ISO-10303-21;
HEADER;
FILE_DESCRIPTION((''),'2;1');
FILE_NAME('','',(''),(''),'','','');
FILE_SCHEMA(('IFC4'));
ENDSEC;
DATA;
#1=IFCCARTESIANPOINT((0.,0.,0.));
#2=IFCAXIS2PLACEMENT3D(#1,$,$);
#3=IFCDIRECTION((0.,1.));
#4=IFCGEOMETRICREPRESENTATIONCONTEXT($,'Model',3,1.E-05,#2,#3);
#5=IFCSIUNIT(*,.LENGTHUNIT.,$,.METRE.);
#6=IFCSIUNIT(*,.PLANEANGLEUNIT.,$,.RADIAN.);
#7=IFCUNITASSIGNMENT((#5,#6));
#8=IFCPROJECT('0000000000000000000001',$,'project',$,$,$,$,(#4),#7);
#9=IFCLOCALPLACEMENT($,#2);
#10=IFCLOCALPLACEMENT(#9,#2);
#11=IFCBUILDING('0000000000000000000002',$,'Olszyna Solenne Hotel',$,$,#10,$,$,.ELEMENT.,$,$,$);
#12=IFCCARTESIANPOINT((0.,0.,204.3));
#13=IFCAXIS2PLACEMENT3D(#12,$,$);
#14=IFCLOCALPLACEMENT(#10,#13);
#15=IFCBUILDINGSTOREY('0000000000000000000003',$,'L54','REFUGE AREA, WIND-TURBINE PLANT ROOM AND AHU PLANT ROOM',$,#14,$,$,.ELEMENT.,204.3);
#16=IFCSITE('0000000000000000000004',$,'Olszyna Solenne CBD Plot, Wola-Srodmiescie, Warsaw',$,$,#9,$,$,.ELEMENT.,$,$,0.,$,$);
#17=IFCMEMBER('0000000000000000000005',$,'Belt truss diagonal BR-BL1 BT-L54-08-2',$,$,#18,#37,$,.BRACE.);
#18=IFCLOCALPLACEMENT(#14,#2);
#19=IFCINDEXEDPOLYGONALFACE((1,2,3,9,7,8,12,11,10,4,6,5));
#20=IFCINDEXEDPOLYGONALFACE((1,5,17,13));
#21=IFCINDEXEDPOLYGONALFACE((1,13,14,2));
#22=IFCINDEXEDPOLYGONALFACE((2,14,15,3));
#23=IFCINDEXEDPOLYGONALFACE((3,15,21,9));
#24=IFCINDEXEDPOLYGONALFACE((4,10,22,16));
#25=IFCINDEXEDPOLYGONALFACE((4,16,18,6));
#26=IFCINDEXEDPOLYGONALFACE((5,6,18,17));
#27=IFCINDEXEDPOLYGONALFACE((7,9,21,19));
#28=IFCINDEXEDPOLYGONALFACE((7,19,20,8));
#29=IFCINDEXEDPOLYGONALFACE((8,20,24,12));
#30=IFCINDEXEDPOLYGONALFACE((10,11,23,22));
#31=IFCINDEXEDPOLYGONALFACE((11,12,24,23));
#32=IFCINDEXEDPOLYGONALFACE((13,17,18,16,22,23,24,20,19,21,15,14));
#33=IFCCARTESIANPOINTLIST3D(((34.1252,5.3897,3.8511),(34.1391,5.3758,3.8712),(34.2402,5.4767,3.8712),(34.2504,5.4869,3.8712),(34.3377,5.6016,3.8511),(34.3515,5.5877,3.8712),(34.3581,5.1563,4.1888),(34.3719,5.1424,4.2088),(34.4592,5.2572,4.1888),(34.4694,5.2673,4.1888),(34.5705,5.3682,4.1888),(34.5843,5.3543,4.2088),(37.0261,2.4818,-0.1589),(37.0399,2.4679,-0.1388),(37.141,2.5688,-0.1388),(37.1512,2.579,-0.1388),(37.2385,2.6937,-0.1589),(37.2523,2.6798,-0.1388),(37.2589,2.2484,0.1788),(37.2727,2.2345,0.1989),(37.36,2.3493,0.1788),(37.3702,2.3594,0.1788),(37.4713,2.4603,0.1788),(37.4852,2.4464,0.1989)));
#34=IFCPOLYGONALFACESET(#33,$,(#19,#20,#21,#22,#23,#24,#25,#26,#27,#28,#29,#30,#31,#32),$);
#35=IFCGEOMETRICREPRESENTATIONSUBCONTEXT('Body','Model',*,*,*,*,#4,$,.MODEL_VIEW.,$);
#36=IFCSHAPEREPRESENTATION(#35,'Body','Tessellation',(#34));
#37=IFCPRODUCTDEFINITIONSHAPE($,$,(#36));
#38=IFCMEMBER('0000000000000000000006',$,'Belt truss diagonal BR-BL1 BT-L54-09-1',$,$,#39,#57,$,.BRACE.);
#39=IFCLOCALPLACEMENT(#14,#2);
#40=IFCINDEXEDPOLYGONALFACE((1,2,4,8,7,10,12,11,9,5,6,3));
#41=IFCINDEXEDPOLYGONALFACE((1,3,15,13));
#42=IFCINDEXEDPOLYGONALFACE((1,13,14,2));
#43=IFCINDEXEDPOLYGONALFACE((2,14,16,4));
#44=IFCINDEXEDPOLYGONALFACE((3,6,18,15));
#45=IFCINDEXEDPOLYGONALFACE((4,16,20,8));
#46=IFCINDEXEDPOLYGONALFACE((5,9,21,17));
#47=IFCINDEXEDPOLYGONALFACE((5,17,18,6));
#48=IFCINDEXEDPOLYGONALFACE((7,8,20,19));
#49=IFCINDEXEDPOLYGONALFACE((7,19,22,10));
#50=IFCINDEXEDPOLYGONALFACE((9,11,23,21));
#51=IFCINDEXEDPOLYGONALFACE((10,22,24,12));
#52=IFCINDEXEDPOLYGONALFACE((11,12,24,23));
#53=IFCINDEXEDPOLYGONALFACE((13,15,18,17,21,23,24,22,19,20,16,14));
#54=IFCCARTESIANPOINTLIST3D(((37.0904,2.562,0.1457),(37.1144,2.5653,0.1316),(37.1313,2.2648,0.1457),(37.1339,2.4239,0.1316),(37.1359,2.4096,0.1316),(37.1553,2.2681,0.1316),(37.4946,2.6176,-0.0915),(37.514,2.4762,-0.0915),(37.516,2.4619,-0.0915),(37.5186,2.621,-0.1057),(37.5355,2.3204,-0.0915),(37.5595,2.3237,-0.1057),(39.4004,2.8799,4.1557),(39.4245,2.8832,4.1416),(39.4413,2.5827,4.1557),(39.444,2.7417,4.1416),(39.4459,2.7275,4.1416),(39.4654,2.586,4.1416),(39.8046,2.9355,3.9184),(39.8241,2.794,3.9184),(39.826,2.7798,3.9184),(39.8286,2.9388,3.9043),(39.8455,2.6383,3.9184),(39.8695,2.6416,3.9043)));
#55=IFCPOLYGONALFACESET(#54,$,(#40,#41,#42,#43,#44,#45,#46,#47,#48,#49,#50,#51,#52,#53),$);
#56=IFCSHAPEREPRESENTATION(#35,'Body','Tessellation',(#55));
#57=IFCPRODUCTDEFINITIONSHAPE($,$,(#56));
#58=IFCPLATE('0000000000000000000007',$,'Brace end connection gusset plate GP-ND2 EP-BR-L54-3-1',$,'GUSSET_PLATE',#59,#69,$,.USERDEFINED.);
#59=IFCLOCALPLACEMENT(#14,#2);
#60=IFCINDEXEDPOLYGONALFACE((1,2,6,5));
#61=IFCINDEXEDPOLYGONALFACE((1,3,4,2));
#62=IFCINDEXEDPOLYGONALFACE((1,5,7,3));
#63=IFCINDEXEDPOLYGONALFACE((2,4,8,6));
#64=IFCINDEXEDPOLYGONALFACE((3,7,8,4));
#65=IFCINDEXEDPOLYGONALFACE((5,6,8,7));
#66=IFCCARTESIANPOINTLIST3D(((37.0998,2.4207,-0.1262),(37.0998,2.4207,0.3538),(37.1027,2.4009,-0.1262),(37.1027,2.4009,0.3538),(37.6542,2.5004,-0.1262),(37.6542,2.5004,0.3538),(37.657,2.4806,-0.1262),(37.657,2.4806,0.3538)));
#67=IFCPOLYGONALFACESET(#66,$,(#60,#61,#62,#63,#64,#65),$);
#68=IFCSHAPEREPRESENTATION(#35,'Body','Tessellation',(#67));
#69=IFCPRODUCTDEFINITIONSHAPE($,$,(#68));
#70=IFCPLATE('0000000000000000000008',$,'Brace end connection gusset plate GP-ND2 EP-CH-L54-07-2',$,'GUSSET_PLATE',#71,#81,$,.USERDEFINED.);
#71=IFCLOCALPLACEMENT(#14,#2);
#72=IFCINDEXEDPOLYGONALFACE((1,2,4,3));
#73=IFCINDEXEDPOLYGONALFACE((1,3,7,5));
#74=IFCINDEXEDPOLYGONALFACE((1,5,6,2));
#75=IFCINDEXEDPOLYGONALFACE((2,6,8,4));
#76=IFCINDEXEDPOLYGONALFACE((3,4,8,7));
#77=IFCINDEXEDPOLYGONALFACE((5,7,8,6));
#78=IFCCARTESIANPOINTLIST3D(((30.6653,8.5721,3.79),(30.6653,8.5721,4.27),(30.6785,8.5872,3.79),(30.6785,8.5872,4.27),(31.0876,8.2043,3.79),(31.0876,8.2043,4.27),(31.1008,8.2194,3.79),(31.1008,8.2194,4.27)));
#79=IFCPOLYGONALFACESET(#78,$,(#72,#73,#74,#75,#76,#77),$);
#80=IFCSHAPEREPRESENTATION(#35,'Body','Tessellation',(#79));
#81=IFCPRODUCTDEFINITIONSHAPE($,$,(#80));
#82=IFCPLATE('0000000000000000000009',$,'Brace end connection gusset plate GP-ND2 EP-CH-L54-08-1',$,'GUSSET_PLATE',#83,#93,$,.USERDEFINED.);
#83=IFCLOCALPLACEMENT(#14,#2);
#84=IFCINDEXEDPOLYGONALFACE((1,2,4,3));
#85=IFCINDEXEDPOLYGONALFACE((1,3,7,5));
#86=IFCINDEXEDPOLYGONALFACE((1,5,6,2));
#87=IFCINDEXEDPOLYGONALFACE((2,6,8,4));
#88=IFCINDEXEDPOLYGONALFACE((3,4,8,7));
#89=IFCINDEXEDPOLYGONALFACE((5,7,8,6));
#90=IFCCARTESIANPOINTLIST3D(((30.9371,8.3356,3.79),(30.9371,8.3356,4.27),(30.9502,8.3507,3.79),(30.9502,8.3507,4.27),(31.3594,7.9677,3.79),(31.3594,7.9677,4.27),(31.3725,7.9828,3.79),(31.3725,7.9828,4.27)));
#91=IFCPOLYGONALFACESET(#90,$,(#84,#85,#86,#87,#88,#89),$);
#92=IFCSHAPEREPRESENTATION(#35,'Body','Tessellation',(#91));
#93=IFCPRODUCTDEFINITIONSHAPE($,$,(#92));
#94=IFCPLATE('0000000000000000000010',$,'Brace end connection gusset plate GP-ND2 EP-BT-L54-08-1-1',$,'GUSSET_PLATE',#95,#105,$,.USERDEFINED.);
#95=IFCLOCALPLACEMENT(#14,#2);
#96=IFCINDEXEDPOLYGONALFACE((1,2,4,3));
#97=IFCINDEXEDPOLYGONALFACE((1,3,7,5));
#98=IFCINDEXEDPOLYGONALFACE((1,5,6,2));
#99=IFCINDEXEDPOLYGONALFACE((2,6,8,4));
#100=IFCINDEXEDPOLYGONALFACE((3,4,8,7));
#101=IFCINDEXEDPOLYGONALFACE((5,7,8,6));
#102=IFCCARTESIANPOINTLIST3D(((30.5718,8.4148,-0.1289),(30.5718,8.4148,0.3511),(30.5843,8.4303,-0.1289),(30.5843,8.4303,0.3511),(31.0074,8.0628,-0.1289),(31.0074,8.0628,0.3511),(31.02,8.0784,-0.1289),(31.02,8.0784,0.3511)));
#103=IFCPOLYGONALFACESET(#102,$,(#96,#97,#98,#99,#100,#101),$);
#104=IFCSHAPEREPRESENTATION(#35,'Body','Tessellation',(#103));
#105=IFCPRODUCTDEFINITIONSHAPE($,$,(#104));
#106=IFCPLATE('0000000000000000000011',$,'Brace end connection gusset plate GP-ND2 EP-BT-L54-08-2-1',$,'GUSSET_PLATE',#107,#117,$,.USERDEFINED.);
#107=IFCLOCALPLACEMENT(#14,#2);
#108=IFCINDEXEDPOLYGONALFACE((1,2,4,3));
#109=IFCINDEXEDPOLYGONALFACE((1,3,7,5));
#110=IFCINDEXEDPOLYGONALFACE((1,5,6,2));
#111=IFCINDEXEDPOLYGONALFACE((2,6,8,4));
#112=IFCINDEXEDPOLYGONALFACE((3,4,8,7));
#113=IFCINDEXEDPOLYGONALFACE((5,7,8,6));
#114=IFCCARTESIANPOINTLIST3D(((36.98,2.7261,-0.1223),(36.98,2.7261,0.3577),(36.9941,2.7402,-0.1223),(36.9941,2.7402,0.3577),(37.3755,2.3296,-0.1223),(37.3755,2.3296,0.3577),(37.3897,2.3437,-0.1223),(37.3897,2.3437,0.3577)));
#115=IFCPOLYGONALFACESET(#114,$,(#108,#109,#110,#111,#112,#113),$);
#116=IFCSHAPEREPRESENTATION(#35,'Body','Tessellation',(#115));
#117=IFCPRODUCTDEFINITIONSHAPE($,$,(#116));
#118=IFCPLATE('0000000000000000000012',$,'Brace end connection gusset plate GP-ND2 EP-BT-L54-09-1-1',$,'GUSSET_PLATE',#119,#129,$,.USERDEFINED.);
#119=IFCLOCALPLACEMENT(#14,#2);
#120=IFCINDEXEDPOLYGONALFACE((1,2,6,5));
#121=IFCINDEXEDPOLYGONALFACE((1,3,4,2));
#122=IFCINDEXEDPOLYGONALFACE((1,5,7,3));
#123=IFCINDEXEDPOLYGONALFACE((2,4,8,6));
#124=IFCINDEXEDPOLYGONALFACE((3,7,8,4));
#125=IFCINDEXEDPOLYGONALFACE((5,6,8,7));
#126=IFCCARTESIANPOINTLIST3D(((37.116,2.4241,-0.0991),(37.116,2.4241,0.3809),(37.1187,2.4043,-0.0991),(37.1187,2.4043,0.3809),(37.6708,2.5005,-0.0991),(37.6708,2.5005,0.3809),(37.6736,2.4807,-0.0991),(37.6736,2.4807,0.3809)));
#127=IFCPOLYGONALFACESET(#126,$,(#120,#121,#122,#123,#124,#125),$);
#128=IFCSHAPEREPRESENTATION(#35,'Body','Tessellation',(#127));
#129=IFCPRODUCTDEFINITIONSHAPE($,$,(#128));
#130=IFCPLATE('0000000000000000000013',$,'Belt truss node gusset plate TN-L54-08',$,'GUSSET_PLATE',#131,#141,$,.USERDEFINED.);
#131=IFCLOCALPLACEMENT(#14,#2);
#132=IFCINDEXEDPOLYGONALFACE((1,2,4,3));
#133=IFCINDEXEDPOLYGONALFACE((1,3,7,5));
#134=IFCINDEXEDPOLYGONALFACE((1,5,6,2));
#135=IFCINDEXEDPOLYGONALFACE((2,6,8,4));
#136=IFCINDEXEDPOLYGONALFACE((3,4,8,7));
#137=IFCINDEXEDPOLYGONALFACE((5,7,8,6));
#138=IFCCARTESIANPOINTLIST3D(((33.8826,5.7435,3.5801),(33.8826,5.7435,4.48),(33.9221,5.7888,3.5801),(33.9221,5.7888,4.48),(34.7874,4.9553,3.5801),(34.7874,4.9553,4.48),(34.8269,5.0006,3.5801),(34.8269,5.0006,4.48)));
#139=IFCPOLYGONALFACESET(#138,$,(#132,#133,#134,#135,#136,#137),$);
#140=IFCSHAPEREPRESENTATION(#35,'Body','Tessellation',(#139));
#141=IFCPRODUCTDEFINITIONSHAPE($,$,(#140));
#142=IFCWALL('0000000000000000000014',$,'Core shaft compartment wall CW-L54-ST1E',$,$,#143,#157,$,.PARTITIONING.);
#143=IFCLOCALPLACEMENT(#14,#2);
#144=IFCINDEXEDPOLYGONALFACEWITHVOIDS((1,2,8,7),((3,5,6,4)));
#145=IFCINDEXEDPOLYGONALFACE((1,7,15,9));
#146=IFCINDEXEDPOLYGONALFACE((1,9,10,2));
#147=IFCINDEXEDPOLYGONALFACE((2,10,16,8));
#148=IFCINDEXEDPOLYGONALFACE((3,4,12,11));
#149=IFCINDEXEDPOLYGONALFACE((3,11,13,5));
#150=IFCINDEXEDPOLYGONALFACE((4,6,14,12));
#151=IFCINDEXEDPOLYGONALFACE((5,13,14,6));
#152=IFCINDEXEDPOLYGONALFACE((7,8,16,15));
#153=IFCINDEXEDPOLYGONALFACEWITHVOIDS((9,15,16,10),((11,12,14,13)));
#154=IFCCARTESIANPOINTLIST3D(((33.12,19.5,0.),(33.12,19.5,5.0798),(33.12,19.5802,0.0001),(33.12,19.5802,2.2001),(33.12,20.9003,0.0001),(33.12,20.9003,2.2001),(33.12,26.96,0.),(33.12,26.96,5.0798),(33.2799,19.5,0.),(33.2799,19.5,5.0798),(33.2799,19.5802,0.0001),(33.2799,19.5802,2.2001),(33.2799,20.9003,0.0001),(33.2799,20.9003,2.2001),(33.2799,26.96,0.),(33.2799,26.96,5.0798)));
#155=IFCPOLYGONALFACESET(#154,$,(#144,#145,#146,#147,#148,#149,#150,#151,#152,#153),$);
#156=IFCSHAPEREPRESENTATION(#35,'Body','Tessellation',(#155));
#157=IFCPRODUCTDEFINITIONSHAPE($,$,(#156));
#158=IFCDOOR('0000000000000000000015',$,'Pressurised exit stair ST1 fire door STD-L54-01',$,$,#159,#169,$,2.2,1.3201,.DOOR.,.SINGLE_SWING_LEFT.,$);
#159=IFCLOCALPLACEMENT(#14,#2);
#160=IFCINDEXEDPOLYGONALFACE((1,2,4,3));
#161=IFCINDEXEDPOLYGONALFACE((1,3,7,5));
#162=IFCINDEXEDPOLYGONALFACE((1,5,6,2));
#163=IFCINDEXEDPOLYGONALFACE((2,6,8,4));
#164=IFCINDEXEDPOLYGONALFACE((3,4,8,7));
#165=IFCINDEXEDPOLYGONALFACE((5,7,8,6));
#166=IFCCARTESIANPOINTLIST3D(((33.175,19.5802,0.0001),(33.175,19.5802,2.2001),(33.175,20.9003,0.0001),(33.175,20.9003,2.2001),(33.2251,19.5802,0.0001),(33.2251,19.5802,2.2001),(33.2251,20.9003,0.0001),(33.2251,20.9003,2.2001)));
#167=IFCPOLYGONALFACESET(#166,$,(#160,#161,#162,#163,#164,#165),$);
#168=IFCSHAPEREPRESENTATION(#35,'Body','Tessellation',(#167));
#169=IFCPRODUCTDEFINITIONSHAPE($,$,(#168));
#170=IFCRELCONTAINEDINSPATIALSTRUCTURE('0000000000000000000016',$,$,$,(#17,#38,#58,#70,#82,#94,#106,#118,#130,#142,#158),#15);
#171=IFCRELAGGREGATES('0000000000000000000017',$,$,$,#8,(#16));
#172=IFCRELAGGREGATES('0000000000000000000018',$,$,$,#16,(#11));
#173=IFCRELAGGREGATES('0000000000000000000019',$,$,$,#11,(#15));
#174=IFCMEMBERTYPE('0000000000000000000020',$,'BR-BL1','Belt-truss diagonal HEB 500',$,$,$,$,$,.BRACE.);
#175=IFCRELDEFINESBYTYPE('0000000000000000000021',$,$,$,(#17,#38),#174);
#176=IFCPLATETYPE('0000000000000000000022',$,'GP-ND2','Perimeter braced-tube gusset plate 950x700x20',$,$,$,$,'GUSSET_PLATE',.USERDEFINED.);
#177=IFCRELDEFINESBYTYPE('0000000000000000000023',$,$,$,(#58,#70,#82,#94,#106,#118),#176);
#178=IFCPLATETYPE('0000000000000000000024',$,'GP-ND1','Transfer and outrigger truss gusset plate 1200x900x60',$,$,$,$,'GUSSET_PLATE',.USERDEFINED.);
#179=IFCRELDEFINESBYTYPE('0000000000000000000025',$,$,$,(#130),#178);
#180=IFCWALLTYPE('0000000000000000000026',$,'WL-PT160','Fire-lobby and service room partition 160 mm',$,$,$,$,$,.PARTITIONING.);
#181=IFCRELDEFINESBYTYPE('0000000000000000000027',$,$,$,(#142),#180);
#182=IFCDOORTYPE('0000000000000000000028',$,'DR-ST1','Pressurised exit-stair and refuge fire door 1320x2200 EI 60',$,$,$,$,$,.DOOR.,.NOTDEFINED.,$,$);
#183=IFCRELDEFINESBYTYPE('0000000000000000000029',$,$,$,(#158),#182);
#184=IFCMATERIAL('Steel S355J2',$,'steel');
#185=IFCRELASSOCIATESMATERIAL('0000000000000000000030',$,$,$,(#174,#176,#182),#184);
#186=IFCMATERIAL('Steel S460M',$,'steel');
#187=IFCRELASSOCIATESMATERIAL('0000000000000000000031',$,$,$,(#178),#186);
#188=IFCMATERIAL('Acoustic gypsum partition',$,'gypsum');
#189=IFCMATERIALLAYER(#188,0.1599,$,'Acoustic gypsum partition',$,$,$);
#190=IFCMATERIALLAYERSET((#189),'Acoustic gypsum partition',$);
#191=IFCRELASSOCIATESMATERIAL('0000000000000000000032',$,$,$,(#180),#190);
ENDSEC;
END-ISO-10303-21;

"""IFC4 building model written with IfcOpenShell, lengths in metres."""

from ifc_helpers import new_model, si_unit, direction, frame, frame_2d, origin, origin_2d, place, context, subcontext, project, spatial, rectangle, i_section, extrude, source, transform, mapped, material, layer, layer_set, material_profile, profile_set, type_object, type_shapes, element, fill, save


model = new_model("IFC4")

# Units and contexts
model_context = context("Model", 3, precision=1e-05, world=origin(), true_north=direction((0.0, 1.0)))
body_context = subcontext(model_context, "Body", "Model", "MODEL_VIEW")
ifc_project = project(units=[si_unit("LENGTHUNIT", "METRE"), si_unit("PLANEANGLEUNIT", "RADIAN")], contexts=[model_context])

# Site, building, storey
site_placement = place(None, origin())
site = spatial("IfcSite", under=ifc_project, at=site_placement, Name="Olszyna Solenne CBD Plot, Wola-Srodmiescie, Warsaw", CompositionType="ELEMENT", RefElevation=0.0)
building_placement = place(site_placement, origin())
building = spatial("IfcBuilding", under=site, at=building_placement, Name="Olszyna Solenne Hotel", CompositionType="ELEMENT")
storey_placement = place(building_placement, frame((0.0, 0.0, 204.3)))
storey = spatial("IfcBuildingStorey", under=building, at=storey_placement, Name="L54", Description="REFUGE AREA, WIND-TURBINE PLANT ROOM AND AHU PLANT ROOM", CompositionType="ELEMENT", Elevation=204.3)

# Shared definitions
ifc_material_1 = material(Name="Steel S460M", Category="steel")

# Shared definitions
ifc_material_2 = material(Name="Steel S355J2", Category="steel")

# Members
ifc_material_profile_1 = material_profile(ifc_material_2, i_section(OverallWidth=0.3, OverallDepth=0.5, WebThickness=0.0144, FlangeThickness=0.0281, at=origin_2d()), Name="HEB 500", Category="load-bearing")
ifc_profile_set_1 = profile_set([ifc_material_profile_1], Name="Steel S355J2")
member_type_1 = type_object("IfcMemberType", Name="BR-BL1", Description="Belt-truss diagonal HEB 500", PredefinedType="BRACE", material=ifc_profile_set_1)
shared_shape_1 = source(origin(), body_context, "Body", "SweptSolid", [
    extrude(i_section(OverallWidth=0.3, OverallDepth=0.5, WebThickness=0.0144, FlangeThickness=0.0281, at=origin_2d()), origin(), (0.0, 0.0, 1.0), 5.7402),
])
member_1_placement = place(storey_placement, frame((37.2556, 2.4641, 0.02), z_axis=(-0.50535, 0.506583, 0.698567), x_axis=(-0.707968, -0.706244, 0.0)))
element("IfcMember", 1, at=member_1_placement, inside=storey, type_object=member_type_1, Name="Belt truss diagonal BR-BL1 BT-L54-08-2", PredefinedType="BRACE", context=body_context, shape_type="MappedRepresentation", body=[
    mapped(shared_shape_1, transform((0.0, 0.0, 0.0), x_axis=(1.0, 0.0, 0.0), y_axis=(0.0, 1.0, 0.0), z_axis=(0.0, 0.0, 1.0), scale=1.0)),
])
shared_shape_2 = source(origin(), body_context, "Body", "SweptSolid", [
    extrude(i_section(OverallWidth=0.3, OverallDepth=0.5, WebThickness=0.0144, FlangeThickness=0.0281, at=origin_2d()), origin(), (0.0, 0.0, 1.0), 4.6387),
])
member_2_placement = place(storey_placement, frame((37.325, 2.4429, 0.02), z_axis=(0.497996, 0.068526, 0.864467), x_axis=(-0.136319, 0.990665, 0.0)))
element("IfcMember", 2, at=member_2_placement, inside=storey, type_object=member_type_1, Name="Belt truss diagonal BR-BL1 BT-L54-09-1", PredefinedType="BRACE", context=body_context, shape_type="MappedRepresentation", body=[
    mapped(shared_shape_2, transform((0.0, 0.0, 0.0), x_axis=(1.0, 0.0, 0.0), y_axis=(0.0, 1.0, 0.0), z_axis=(0.0, 0.0, 1.0), scale=1.0)),
])

# Plates
plate_type_1 = type_object("IfcPlateType", Name="GP-ND2", Description="Perimeter braced-tube gusset plate 950x700x20", ElementType="GUSSET_PLATE", PredefinedType="USERDEFINED", material=ifc_material_2)
shared_shape_3 = source(origin(), body_context, "Body", "SweptSolid", [
    extrude(rectangle(XDim=0.5601, YDim=0.02, at=origin_2d()), origin(), (0.0, 0.0, 1.0), 0.48),
])
for number, where, z_axis, x_axis, name in (
    (3, (37.3784, 2.4507, -0.1262), (0.0, 0.0, 1.0), (0.989826, 0.142283, 0.0), "Brace end connection gusset plate GP-ND2 EP-BR-L54-3-1"),
    (4, (30.8831, 8.3958, 3.79), (0.0, 0.0, 1.0), (0.754022, -0.656849, 0.0), "Brace end connection gusset plate GP-ND2 EP-CH-L54-07-2"),
    (5, (31.1548, 8.1592, 3.79), (0.0, 0.0, 1.0), (0.754022, -0.656849, 0.0), "Brace end connection gusset plate GP-ND2 EP-CH-L54-08-1"),
    (6, (30.7959, 8.2466, -0.1289), (0.0, 0.0, 1.0), (0.777914, -0.62837, 0.0), "Brace end connection gusset plate GP-ND2 EP-BT-L54-08-1-1"),
    (7, (37.1848, 2.5349, -0.1223), (0.0, 0.0, 1.0), (-0.706242, 0.70797, 0.0), "Brace end connection gusset plate GP-ND2 EP-BT-L54-08-2-1"),
    (8, (37.3948, 2.4524, -0.0991), (0.0, 0.0, 1.0), (0.990653, 0.136407, 0.0), "Brace end connection gusset plate GP-ND2 EP-BT-L54-09-1-1"),
):
    element("IfcPlate", number, at=place(storey_placement, frame(where, z_axis=z_axis, x_axis=x_axis)), inside=storey, type_object=plate_type_1, Name=name, ObjectType="GUSSET_PLATE", PredefinedType="USERDEFINED", context=body_context, shape_type="MappedRepresentation", body=[
        mapped(shared_shape_3, transform((0.0, 0.0, 0.0), x_axis=(1.0, 0.0, 0.0), y_axis=(0.0, 1.0, 0.0), z_axis=(0.0, 0.0, 1.0), scale=1.0)),
    ])
plate_type_2 = type_object("IfcPlateType", Name="GP-ND1", Description="Transfer and outrigger truss gusset plate 1200x900x60", ElementType="GUSSET_PLATE", PredefinedType="USERDEFINED", material=ifc_material_1)
shared_shape_4 = source(origin(), body_context, "Body", "SweptSolid", [
    extrude(rectangle(XDim=1.2, YDim=0.0601, at=origin_2d()), origin(), (0.0, 0.0, 1.0), 0.8999),
])
plate_placement = place(storey_placement, frame((34.3547, 5.3721, 3.5801), z_axis=(0.0, 0.0, 1.0), x_axis=(0.754022, -0.656849, 0.0)))
element("IfcPlate", 9, at=plate_placement, inside=storey, type_object=plate_type_2, Name="Belt truss node gusset plate TN-L54-08", ObjectType="GUSSET_PLATE", PredefinedType="USERDEFINED", context=body_context, shape_type="MappedRepresentation", body=[
    mapped(shared_shape_4, transform((0.0, 0.0, 0.0), x_axis=(1.0, 0.0, 0.0), y_axis=(0.0, 1.0, 0.0), z_axis=(0.0, 0.0, 1.0), scale=1.0)),
])

# Wall, opening, door
ifc_material_3 = material(Name="Acoustic gypsum partition", Category="gypsum")
ifc_layer = layer(ifc_material_3, 0.1599, Name="Acoustic gypsum partition")
ifc_layer_set = layer_set([ifc_layer], Name="Acoustic gypsum partition")
wall_type = type_object("IfcWallType", Name="WL-PT160", Description="Fire-lobby and service room partition 160 mm", PredefinedType="PARTITIONING", material=ifc_layer_set)
wall_1_placement = place(storey_placement, frame((33.2, 19.5, 0.0), z_axis=(0.0, 0.0, 1.0), x_axis=(0.0, 1.0, 0.0)))
wall_1 = element("IfcWall", 10, at=wall_1_placement, inside=storey, type_object=wall_type, Name="Core shaft compartment wall CW-L54-ST1E", PredefinedType="PARTITIONING", context=body_context, shape_type="SweptSolid", body=[
    extrude(rectangle(XDim=7.46, YDim=0.1599, at=frame_2d((3.73, 0.0))), origin(), (0.0, 0.0, 1.0), 5.0798),
])
opening_1_placement = place(wall_1_placement, frame((0.0801, 0.0, 0.0)))
opening_1 = element("IfcOpeningElement", 11, at=opening_1_placement, cuts=wall_1, PredefinedType="OPENING", context=body_context, shape_type="SweptSolid", body=[
    extrude(rectangle(XDim=1.3201, YDim=2.2, at=frame_2d((0.6602, 1.1001))), frame((0.0, 0.0898, 0.0), z_axis=(0.0, -1.0, 0.0), x_axis=(1.0, 0.0, 0.0)), (0.0, 0.0, 1.0), 0.1799),
])
door_type_1 = type_object("IfcDoorType", Name="DR-ST1", Description="Pressurised exit-stair and refuge fire door 1320x2200 EI 60", OperationType="NOTDEFINED", PredefinedType="DOOR", material=ifc_material_2)
shared_shape_5 = source(origin(), body_context, "Body", "SweptSolid", [
    extrude(rectangle(XDim=1.3201, YDim=2.2, at=frame_2d((0.6602, 1.1001))), frame((0.0, 0.0249, 0.0), z_axis=(0.0, -1.0, 0.0), x_axis=(1.0, 0.0, 0.0)), (0.0, 0.0, 1.0), 0.05),
])
type_shapes(door_type_1, [shared_shape_5])
door_1_placement = place(opening_1_placement, origin())
door_1 = element("IfcDoor", 12, at=door_1_placement, inside=storey, type_object=door_type_1, Name="Pressurised exit stair ST1 fire door STD-L54-01", OperationType="SINGLE_SWING_LEFT", OverallHeight=2.2, OverallWidth=1.3201, PredefinedType="DOOR", context=body_context, shape_type="MappedRepresentation", body=[
    mapped(shared_shape_5, transform((0.0, 0.0, 0.0), x_axis=(1.0, 0.0, 0.0), y_axis=(0.0, 1.0, 0.0), z_axis=(0.0, 0.0, 1.0), scale=1.0)),
])
fill(opening_1, door_1)

save(model, "model.ifc")
